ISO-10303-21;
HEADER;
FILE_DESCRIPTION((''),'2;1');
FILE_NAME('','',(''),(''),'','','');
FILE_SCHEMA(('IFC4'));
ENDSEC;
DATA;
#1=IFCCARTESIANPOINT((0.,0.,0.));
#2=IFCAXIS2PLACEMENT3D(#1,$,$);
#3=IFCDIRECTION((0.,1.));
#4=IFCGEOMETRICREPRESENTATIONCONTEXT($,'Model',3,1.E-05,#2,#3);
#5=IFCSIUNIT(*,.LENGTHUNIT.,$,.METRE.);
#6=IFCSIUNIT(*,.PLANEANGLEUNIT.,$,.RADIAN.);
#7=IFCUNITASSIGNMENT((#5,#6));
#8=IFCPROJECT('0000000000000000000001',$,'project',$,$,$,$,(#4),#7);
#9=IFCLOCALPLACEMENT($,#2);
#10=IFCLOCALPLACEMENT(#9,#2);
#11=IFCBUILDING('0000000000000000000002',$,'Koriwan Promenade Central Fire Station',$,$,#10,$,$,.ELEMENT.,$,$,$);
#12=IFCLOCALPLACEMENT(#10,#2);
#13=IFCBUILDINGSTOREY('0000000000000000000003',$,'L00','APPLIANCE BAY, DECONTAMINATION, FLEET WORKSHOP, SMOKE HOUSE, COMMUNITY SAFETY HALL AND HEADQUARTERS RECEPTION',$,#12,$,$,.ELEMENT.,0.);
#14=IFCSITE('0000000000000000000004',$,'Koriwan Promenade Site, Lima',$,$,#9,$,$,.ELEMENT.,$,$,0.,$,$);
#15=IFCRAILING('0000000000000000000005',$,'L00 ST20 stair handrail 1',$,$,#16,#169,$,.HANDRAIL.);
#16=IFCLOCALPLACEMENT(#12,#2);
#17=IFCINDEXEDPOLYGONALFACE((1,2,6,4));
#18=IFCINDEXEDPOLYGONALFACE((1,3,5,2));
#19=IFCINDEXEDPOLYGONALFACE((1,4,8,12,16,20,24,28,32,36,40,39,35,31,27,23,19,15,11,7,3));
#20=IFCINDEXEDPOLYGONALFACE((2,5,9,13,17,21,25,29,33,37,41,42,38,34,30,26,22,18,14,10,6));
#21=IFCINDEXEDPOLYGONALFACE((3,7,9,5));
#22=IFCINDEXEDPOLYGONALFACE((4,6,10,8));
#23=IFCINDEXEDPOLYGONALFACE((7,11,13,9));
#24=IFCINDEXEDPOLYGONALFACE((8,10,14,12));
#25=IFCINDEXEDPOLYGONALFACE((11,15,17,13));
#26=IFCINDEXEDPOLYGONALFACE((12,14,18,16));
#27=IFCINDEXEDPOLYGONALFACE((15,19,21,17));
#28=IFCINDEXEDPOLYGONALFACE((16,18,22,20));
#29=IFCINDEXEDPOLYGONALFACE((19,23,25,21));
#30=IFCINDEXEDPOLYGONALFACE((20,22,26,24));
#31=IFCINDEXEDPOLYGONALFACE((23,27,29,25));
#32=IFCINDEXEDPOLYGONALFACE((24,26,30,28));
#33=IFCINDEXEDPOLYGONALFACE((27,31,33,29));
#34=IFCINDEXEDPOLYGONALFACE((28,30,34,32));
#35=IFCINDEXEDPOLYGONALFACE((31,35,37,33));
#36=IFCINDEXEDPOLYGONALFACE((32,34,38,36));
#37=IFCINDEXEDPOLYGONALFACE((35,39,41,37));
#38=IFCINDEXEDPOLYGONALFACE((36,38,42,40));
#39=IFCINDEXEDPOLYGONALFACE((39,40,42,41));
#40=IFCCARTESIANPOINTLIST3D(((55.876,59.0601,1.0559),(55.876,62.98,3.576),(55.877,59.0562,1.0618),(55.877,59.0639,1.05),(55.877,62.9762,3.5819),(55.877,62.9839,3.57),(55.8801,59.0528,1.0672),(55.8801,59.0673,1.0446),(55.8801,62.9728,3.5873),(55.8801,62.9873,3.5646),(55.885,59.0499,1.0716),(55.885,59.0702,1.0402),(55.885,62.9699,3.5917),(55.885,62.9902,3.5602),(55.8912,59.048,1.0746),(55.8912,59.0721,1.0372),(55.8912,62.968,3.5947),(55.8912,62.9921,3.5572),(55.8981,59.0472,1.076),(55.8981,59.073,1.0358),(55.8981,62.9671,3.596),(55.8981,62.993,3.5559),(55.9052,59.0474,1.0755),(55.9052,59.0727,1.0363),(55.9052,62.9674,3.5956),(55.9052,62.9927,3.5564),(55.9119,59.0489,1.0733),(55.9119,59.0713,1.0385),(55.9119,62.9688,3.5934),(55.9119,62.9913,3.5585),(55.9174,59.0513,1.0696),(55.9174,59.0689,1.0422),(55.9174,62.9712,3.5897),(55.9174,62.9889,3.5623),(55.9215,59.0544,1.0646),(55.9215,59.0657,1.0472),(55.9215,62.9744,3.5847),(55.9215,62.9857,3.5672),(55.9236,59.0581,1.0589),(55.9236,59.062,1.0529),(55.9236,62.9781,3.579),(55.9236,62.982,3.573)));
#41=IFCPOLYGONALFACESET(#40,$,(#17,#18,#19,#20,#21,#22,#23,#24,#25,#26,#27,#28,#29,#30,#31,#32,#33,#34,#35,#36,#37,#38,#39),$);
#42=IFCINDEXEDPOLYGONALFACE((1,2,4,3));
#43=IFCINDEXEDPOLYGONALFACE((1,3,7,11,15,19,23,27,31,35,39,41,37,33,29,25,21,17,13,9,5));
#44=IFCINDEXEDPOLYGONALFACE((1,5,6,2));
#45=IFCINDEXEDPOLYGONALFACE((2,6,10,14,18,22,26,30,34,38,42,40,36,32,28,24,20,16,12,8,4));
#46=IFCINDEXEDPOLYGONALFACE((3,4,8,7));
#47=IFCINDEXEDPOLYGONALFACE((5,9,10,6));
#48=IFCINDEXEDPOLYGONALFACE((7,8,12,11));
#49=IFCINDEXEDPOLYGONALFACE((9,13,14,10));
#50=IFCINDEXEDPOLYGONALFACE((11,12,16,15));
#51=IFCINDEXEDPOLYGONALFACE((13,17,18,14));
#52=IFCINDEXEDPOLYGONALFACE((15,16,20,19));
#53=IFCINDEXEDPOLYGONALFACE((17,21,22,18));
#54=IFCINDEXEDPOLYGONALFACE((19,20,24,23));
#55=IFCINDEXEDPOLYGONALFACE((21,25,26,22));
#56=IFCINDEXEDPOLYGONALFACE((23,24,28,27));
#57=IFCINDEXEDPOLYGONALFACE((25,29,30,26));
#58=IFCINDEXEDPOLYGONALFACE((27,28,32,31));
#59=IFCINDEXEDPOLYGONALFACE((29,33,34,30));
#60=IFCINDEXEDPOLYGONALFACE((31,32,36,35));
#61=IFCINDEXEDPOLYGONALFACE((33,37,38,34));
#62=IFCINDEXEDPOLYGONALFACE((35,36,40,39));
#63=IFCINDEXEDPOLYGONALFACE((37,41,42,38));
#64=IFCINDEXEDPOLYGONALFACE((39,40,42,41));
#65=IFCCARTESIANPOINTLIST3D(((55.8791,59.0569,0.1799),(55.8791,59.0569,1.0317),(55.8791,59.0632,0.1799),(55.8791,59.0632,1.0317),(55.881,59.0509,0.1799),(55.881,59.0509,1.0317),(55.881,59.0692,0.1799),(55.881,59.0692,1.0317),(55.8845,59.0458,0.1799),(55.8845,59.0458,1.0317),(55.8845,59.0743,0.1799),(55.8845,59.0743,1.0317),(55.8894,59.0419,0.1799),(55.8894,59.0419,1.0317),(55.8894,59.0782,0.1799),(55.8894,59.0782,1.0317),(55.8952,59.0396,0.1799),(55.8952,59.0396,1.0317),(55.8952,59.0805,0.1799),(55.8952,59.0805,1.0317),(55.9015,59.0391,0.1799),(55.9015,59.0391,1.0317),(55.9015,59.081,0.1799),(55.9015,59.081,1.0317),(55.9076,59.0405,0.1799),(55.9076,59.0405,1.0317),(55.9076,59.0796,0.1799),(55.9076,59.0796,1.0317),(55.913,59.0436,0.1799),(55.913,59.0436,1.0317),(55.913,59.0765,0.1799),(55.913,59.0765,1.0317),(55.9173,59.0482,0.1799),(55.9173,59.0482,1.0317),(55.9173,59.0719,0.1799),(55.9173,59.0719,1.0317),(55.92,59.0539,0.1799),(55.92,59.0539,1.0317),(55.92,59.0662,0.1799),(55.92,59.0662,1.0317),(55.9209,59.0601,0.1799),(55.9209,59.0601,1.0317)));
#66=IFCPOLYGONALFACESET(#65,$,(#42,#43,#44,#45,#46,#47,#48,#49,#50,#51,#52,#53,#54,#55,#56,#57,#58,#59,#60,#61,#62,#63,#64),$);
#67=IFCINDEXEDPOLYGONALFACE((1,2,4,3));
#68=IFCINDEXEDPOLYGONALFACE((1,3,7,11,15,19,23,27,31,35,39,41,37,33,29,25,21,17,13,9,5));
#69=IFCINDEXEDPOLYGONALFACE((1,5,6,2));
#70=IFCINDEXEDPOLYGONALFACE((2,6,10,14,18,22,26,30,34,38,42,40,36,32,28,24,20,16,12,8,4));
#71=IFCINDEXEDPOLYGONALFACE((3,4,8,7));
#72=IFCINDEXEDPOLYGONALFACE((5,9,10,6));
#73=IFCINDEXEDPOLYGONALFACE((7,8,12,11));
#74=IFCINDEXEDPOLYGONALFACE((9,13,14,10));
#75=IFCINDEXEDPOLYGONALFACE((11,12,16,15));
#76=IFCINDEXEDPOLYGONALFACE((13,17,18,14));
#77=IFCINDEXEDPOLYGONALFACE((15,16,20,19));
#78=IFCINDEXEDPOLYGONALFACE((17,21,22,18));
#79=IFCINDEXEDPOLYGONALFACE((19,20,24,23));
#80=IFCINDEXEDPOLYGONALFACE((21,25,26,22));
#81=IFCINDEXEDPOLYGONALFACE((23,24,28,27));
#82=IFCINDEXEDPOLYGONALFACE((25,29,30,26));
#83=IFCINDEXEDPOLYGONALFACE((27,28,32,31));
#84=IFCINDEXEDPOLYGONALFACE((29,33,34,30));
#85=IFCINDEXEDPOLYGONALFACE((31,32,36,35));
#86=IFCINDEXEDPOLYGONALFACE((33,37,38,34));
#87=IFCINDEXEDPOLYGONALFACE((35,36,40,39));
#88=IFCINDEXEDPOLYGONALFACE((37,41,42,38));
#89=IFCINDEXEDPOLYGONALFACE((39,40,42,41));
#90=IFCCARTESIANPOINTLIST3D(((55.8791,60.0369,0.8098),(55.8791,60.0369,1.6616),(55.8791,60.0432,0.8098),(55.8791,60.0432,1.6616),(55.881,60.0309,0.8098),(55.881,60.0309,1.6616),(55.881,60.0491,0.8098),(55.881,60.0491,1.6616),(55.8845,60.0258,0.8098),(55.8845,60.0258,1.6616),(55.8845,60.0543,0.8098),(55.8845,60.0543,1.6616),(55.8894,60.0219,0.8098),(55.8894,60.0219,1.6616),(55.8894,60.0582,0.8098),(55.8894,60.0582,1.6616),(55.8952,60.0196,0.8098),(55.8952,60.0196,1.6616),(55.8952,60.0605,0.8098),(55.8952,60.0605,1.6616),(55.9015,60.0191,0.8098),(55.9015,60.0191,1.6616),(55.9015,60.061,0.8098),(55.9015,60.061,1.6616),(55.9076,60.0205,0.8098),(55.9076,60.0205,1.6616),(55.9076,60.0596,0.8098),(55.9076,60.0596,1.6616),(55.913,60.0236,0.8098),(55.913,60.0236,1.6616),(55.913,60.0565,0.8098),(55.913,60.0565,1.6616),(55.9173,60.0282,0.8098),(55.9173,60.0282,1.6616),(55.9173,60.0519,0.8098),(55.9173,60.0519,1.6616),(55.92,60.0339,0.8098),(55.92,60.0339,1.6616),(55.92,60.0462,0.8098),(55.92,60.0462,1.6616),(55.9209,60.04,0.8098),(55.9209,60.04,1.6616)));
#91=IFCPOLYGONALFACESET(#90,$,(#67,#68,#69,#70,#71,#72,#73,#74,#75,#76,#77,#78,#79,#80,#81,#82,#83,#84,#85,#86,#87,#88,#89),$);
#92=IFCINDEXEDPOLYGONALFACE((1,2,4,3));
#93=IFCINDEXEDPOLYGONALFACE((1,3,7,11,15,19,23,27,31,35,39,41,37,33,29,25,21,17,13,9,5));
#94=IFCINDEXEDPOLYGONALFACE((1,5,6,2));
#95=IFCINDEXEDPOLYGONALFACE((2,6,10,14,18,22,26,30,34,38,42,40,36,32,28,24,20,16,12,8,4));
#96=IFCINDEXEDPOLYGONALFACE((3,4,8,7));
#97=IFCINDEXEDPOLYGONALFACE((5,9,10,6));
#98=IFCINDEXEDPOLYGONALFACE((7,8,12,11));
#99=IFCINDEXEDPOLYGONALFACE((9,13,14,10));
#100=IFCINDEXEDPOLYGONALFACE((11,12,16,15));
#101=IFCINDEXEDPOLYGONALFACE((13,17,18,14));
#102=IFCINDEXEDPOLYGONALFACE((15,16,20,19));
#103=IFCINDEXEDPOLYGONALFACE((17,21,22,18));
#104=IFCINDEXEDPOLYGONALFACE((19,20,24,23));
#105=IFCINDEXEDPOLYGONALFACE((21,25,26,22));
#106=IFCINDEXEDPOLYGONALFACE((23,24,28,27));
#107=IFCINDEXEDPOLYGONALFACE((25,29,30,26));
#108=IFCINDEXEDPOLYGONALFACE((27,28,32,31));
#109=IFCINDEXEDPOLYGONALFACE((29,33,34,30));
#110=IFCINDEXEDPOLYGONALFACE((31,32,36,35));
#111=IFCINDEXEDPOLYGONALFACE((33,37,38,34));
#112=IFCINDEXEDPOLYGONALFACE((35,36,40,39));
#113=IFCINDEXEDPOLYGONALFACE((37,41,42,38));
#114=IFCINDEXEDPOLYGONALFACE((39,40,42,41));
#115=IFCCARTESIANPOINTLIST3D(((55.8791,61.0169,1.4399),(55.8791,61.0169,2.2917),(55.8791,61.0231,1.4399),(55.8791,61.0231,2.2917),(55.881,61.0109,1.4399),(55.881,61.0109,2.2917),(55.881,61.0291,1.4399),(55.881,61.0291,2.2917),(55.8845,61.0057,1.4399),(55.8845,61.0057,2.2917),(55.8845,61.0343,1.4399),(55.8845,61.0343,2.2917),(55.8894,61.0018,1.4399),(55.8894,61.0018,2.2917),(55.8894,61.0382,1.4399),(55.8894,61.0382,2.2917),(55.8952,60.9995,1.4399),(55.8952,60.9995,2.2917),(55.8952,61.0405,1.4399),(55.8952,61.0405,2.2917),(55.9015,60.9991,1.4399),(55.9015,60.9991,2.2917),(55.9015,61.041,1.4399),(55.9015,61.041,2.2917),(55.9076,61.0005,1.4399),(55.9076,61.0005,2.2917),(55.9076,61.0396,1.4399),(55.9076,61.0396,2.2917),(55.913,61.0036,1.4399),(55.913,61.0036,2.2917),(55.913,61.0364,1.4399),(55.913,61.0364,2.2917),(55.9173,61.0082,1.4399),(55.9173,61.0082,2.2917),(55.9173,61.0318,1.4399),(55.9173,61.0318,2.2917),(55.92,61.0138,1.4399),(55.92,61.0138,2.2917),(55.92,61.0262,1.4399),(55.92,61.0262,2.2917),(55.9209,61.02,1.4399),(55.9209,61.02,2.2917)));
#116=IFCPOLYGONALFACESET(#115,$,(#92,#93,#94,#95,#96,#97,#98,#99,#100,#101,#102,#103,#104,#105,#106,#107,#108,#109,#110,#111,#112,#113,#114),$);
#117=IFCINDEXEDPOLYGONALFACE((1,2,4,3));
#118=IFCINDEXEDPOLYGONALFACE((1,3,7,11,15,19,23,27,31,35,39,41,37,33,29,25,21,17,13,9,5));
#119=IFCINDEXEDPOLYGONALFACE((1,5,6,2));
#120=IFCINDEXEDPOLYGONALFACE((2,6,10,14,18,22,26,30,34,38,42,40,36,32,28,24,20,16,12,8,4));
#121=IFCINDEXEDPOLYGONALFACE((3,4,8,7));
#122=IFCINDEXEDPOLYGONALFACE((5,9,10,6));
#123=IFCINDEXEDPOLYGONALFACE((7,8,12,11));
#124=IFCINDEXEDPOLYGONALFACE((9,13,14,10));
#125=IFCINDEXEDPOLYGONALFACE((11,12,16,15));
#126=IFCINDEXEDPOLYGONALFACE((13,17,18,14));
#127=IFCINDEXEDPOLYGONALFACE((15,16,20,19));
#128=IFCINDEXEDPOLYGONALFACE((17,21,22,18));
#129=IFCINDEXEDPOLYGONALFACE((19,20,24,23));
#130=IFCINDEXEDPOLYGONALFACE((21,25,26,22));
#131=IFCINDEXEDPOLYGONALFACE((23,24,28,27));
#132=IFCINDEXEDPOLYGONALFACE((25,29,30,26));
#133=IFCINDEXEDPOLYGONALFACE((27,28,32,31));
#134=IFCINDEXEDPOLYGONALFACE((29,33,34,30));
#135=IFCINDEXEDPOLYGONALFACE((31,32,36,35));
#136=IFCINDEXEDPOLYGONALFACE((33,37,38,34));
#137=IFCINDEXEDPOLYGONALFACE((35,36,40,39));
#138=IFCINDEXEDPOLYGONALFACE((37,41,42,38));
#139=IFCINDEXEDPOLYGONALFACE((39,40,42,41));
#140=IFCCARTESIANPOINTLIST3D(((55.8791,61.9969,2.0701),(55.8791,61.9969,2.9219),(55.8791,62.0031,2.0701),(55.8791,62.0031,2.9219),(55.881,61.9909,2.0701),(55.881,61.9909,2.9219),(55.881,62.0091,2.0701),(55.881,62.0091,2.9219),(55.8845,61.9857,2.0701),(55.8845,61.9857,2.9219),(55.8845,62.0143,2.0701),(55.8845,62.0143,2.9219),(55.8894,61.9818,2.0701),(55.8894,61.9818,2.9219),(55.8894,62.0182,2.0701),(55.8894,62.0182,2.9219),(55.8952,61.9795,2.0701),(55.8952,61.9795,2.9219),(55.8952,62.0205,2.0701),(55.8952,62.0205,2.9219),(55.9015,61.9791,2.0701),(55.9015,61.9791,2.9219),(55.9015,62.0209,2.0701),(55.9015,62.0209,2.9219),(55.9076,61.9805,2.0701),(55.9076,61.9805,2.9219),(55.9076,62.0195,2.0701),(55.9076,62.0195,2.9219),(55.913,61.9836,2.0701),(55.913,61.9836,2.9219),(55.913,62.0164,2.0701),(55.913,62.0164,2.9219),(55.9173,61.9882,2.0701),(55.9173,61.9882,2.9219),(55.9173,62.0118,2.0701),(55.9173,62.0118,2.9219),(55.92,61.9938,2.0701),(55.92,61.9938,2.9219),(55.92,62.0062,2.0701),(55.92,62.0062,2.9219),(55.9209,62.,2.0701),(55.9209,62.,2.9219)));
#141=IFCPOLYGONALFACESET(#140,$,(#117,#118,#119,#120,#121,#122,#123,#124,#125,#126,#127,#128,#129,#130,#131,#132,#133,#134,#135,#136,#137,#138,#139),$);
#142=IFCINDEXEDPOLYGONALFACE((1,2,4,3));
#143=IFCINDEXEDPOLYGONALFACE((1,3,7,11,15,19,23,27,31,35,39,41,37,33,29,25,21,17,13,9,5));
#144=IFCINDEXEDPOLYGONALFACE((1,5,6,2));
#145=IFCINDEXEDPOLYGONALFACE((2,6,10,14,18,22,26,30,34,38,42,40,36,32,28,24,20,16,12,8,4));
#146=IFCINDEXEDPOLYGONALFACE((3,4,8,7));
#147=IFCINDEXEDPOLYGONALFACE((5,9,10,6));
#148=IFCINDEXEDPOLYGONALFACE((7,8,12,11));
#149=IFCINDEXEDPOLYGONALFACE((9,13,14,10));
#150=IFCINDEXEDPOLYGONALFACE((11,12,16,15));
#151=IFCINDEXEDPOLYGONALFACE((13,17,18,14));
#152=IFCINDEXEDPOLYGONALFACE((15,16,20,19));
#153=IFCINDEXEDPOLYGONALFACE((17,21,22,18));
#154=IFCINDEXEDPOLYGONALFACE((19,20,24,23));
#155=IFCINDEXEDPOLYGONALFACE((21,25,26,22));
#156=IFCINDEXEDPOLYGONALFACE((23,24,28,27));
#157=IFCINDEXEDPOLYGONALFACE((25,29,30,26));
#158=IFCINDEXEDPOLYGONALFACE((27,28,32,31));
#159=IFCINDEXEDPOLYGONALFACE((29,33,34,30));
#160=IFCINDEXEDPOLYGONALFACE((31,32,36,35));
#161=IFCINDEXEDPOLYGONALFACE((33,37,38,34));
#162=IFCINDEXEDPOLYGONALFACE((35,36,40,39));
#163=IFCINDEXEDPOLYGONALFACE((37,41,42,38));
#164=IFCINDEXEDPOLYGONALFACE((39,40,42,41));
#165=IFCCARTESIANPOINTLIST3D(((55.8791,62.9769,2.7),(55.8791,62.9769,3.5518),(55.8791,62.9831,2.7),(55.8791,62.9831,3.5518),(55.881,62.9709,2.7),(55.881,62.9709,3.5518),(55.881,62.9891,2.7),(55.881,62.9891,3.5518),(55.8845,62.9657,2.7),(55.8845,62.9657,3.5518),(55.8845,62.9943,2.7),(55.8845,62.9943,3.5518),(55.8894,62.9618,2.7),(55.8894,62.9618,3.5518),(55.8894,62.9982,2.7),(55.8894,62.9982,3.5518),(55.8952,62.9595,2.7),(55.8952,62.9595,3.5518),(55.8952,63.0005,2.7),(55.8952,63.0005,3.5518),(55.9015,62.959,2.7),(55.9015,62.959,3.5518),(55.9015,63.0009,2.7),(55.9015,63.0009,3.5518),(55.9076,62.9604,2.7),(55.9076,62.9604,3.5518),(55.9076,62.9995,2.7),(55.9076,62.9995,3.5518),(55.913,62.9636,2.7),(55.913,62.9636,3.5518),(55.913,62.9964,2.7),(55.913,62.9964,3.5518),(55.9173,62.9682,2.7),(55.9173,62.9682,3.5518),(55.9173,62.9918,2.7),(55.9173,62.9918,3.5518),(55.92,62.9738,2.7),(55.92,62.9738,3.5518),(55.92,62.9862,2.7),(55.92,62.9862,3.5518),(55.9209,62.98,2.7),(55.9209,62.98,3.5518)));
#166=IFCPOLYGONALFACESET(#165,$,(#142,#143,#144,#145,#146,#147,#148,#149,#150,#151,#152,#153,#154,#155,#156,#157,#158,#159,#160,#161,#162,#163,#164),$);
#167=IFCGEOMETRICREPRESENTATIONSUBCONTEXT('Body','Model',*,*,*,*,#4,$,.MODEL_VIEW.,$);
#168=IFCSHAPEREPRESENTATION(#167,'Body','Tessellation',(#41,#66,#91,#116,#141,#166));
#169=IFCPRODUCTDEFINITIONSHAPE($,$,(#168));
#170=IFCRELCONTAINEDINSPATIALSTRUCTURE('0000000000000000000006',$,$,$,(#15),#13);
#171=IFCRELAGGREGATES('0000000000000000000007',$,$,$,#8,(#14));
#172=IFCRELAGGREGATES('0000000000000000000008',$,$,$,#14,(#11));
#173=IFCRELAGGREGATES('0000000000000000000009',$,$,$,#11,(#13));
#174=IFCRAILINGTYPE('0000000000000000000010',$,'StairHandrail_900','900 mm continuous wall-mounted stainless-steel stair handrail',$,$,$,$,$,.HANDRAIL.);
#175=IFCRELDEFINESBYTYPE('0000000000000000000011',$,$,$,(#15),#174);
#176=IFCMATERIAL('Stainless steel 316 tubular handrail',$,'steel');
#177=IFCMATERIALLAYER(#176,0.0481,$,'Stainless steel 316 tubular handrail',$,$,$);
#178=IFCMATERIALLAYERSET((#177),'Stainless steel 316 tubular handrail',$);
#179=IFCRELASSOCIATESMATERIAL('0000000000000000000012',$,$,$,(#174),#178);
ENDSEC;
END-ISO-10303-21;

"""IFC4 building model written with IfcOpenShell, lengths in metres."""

from ifc_helpers import new_model, si_unit, direction, frame, origin, origin_2d, place, context, subcontext, project, spatial, circle, extrude, material, layer, layer_set, type_object, element, save


model = new_model("IFC4")

# Units and contexts
model_context = context("Model", 3, precision=1e-05, world=origin(), true_north=direction((0.0, 1.0)))
body_context = subcontext(model_context, "Body", "Model", "MODEL_VIEW")
ifc_project = project(units=[si_unit("LENGTHUNIT", "METRE"), si_unit("PLANEANGLEUNIT", "RADIAN")], contexts=[model_context])

# Site, building, storey
site_placement = place(None, origin())
site = spatial("IfcSite", under=ifc_project, at=site_placement, Name="Koriwan Promenade Site, Lima", CompositionType="ELEMENT", RefElevation=0.0)
building_placement = place(site_placement, origin())
building = spatial("IfcBuilding", under=site, at=building_placement, Name="Koriwan Promenade Central Fire Station", CompositionType="ELEMENT")
storey_placement = place(building_placement, origin())
storey = spatial("IfcBuildingStorey", under=building, at=storey_placement, Name="L00", Description="APPLIANCE BAY, DECONTAMINATION, FLEET WORKSHOP, SMOKE HOUSE, COMMUNITY SAFETY HALL AND HEADQUARTERS RECEPTION", CompositionType="ELEMENT", Elevation=0.0)

# Railing
ifc_material_1 = material(Name="Stainless steel 316 tubular handrail", Category="steel")
ifc_layer_1 = layer(ifc_material_1, 0.0481, Name="Stainless steel 316 tubular handrail")
ifc_layer_set_1 = layer_set([ifc_layer_1], Name="Stainless steel 316 tubular handrail")
railing_type = type_object("IfcRailingType", Name="StairHandrail_900", Description="900 mm continuous wall-mounted stainless-steel stair handrail", PredefinedType="HANDRAIL", material=ifc_layer_set_1)
railing_placement = place(storey_placement, frame((55.8999, 59.0601, 0.1799)))
element("IfcRailing", 1, at=railing_placement, inside=storey, type_object=railing_type, Name="L00 ST20 stair handrail 1", PredefinedType="HANDRAIL", context=body_context, shape_type="SweptSolid", body=[
    extrude(circle(Radius=0.0239, at=origin_2d()), frame((0.0, 0.0, 0.876), z_axis=(0.0, 0.841172, 0.540768), x_axis=(-1.0, 0.0, 0.0)), (0.0, 0.0, 1.0), 4.6602),
    extrude(circle(Radius=0.021, at=origin_2d()), origin(), (0.0, 0.0, 1.0), 0.8518),
    extrude(circle(Radius=0.021, at=origin_2d()), frame((0.0, 0.98, 0.6299)), (0.0, 0.0, 1.0), 0.8518),
    extrude(circle(Radius=0.021, at=origin_2d()), frame((0.0, 1.96, 1.26)), (0.0, 0.0, 1.0), 0.8518),
    extrude(circle(Radius=0.021, at=origin_2d()), frame((0.0, 2.9399, 1.8901)), (0.0, 0.0, 1.0), 0.8518),
    extrude(circle(Radius=0.021, at=origin_2d()), frame((0.0, 3.9199, 2.52)), (0.0, 0.0, 1.0), 0.8518),
])

save(model, "model.ifc")
